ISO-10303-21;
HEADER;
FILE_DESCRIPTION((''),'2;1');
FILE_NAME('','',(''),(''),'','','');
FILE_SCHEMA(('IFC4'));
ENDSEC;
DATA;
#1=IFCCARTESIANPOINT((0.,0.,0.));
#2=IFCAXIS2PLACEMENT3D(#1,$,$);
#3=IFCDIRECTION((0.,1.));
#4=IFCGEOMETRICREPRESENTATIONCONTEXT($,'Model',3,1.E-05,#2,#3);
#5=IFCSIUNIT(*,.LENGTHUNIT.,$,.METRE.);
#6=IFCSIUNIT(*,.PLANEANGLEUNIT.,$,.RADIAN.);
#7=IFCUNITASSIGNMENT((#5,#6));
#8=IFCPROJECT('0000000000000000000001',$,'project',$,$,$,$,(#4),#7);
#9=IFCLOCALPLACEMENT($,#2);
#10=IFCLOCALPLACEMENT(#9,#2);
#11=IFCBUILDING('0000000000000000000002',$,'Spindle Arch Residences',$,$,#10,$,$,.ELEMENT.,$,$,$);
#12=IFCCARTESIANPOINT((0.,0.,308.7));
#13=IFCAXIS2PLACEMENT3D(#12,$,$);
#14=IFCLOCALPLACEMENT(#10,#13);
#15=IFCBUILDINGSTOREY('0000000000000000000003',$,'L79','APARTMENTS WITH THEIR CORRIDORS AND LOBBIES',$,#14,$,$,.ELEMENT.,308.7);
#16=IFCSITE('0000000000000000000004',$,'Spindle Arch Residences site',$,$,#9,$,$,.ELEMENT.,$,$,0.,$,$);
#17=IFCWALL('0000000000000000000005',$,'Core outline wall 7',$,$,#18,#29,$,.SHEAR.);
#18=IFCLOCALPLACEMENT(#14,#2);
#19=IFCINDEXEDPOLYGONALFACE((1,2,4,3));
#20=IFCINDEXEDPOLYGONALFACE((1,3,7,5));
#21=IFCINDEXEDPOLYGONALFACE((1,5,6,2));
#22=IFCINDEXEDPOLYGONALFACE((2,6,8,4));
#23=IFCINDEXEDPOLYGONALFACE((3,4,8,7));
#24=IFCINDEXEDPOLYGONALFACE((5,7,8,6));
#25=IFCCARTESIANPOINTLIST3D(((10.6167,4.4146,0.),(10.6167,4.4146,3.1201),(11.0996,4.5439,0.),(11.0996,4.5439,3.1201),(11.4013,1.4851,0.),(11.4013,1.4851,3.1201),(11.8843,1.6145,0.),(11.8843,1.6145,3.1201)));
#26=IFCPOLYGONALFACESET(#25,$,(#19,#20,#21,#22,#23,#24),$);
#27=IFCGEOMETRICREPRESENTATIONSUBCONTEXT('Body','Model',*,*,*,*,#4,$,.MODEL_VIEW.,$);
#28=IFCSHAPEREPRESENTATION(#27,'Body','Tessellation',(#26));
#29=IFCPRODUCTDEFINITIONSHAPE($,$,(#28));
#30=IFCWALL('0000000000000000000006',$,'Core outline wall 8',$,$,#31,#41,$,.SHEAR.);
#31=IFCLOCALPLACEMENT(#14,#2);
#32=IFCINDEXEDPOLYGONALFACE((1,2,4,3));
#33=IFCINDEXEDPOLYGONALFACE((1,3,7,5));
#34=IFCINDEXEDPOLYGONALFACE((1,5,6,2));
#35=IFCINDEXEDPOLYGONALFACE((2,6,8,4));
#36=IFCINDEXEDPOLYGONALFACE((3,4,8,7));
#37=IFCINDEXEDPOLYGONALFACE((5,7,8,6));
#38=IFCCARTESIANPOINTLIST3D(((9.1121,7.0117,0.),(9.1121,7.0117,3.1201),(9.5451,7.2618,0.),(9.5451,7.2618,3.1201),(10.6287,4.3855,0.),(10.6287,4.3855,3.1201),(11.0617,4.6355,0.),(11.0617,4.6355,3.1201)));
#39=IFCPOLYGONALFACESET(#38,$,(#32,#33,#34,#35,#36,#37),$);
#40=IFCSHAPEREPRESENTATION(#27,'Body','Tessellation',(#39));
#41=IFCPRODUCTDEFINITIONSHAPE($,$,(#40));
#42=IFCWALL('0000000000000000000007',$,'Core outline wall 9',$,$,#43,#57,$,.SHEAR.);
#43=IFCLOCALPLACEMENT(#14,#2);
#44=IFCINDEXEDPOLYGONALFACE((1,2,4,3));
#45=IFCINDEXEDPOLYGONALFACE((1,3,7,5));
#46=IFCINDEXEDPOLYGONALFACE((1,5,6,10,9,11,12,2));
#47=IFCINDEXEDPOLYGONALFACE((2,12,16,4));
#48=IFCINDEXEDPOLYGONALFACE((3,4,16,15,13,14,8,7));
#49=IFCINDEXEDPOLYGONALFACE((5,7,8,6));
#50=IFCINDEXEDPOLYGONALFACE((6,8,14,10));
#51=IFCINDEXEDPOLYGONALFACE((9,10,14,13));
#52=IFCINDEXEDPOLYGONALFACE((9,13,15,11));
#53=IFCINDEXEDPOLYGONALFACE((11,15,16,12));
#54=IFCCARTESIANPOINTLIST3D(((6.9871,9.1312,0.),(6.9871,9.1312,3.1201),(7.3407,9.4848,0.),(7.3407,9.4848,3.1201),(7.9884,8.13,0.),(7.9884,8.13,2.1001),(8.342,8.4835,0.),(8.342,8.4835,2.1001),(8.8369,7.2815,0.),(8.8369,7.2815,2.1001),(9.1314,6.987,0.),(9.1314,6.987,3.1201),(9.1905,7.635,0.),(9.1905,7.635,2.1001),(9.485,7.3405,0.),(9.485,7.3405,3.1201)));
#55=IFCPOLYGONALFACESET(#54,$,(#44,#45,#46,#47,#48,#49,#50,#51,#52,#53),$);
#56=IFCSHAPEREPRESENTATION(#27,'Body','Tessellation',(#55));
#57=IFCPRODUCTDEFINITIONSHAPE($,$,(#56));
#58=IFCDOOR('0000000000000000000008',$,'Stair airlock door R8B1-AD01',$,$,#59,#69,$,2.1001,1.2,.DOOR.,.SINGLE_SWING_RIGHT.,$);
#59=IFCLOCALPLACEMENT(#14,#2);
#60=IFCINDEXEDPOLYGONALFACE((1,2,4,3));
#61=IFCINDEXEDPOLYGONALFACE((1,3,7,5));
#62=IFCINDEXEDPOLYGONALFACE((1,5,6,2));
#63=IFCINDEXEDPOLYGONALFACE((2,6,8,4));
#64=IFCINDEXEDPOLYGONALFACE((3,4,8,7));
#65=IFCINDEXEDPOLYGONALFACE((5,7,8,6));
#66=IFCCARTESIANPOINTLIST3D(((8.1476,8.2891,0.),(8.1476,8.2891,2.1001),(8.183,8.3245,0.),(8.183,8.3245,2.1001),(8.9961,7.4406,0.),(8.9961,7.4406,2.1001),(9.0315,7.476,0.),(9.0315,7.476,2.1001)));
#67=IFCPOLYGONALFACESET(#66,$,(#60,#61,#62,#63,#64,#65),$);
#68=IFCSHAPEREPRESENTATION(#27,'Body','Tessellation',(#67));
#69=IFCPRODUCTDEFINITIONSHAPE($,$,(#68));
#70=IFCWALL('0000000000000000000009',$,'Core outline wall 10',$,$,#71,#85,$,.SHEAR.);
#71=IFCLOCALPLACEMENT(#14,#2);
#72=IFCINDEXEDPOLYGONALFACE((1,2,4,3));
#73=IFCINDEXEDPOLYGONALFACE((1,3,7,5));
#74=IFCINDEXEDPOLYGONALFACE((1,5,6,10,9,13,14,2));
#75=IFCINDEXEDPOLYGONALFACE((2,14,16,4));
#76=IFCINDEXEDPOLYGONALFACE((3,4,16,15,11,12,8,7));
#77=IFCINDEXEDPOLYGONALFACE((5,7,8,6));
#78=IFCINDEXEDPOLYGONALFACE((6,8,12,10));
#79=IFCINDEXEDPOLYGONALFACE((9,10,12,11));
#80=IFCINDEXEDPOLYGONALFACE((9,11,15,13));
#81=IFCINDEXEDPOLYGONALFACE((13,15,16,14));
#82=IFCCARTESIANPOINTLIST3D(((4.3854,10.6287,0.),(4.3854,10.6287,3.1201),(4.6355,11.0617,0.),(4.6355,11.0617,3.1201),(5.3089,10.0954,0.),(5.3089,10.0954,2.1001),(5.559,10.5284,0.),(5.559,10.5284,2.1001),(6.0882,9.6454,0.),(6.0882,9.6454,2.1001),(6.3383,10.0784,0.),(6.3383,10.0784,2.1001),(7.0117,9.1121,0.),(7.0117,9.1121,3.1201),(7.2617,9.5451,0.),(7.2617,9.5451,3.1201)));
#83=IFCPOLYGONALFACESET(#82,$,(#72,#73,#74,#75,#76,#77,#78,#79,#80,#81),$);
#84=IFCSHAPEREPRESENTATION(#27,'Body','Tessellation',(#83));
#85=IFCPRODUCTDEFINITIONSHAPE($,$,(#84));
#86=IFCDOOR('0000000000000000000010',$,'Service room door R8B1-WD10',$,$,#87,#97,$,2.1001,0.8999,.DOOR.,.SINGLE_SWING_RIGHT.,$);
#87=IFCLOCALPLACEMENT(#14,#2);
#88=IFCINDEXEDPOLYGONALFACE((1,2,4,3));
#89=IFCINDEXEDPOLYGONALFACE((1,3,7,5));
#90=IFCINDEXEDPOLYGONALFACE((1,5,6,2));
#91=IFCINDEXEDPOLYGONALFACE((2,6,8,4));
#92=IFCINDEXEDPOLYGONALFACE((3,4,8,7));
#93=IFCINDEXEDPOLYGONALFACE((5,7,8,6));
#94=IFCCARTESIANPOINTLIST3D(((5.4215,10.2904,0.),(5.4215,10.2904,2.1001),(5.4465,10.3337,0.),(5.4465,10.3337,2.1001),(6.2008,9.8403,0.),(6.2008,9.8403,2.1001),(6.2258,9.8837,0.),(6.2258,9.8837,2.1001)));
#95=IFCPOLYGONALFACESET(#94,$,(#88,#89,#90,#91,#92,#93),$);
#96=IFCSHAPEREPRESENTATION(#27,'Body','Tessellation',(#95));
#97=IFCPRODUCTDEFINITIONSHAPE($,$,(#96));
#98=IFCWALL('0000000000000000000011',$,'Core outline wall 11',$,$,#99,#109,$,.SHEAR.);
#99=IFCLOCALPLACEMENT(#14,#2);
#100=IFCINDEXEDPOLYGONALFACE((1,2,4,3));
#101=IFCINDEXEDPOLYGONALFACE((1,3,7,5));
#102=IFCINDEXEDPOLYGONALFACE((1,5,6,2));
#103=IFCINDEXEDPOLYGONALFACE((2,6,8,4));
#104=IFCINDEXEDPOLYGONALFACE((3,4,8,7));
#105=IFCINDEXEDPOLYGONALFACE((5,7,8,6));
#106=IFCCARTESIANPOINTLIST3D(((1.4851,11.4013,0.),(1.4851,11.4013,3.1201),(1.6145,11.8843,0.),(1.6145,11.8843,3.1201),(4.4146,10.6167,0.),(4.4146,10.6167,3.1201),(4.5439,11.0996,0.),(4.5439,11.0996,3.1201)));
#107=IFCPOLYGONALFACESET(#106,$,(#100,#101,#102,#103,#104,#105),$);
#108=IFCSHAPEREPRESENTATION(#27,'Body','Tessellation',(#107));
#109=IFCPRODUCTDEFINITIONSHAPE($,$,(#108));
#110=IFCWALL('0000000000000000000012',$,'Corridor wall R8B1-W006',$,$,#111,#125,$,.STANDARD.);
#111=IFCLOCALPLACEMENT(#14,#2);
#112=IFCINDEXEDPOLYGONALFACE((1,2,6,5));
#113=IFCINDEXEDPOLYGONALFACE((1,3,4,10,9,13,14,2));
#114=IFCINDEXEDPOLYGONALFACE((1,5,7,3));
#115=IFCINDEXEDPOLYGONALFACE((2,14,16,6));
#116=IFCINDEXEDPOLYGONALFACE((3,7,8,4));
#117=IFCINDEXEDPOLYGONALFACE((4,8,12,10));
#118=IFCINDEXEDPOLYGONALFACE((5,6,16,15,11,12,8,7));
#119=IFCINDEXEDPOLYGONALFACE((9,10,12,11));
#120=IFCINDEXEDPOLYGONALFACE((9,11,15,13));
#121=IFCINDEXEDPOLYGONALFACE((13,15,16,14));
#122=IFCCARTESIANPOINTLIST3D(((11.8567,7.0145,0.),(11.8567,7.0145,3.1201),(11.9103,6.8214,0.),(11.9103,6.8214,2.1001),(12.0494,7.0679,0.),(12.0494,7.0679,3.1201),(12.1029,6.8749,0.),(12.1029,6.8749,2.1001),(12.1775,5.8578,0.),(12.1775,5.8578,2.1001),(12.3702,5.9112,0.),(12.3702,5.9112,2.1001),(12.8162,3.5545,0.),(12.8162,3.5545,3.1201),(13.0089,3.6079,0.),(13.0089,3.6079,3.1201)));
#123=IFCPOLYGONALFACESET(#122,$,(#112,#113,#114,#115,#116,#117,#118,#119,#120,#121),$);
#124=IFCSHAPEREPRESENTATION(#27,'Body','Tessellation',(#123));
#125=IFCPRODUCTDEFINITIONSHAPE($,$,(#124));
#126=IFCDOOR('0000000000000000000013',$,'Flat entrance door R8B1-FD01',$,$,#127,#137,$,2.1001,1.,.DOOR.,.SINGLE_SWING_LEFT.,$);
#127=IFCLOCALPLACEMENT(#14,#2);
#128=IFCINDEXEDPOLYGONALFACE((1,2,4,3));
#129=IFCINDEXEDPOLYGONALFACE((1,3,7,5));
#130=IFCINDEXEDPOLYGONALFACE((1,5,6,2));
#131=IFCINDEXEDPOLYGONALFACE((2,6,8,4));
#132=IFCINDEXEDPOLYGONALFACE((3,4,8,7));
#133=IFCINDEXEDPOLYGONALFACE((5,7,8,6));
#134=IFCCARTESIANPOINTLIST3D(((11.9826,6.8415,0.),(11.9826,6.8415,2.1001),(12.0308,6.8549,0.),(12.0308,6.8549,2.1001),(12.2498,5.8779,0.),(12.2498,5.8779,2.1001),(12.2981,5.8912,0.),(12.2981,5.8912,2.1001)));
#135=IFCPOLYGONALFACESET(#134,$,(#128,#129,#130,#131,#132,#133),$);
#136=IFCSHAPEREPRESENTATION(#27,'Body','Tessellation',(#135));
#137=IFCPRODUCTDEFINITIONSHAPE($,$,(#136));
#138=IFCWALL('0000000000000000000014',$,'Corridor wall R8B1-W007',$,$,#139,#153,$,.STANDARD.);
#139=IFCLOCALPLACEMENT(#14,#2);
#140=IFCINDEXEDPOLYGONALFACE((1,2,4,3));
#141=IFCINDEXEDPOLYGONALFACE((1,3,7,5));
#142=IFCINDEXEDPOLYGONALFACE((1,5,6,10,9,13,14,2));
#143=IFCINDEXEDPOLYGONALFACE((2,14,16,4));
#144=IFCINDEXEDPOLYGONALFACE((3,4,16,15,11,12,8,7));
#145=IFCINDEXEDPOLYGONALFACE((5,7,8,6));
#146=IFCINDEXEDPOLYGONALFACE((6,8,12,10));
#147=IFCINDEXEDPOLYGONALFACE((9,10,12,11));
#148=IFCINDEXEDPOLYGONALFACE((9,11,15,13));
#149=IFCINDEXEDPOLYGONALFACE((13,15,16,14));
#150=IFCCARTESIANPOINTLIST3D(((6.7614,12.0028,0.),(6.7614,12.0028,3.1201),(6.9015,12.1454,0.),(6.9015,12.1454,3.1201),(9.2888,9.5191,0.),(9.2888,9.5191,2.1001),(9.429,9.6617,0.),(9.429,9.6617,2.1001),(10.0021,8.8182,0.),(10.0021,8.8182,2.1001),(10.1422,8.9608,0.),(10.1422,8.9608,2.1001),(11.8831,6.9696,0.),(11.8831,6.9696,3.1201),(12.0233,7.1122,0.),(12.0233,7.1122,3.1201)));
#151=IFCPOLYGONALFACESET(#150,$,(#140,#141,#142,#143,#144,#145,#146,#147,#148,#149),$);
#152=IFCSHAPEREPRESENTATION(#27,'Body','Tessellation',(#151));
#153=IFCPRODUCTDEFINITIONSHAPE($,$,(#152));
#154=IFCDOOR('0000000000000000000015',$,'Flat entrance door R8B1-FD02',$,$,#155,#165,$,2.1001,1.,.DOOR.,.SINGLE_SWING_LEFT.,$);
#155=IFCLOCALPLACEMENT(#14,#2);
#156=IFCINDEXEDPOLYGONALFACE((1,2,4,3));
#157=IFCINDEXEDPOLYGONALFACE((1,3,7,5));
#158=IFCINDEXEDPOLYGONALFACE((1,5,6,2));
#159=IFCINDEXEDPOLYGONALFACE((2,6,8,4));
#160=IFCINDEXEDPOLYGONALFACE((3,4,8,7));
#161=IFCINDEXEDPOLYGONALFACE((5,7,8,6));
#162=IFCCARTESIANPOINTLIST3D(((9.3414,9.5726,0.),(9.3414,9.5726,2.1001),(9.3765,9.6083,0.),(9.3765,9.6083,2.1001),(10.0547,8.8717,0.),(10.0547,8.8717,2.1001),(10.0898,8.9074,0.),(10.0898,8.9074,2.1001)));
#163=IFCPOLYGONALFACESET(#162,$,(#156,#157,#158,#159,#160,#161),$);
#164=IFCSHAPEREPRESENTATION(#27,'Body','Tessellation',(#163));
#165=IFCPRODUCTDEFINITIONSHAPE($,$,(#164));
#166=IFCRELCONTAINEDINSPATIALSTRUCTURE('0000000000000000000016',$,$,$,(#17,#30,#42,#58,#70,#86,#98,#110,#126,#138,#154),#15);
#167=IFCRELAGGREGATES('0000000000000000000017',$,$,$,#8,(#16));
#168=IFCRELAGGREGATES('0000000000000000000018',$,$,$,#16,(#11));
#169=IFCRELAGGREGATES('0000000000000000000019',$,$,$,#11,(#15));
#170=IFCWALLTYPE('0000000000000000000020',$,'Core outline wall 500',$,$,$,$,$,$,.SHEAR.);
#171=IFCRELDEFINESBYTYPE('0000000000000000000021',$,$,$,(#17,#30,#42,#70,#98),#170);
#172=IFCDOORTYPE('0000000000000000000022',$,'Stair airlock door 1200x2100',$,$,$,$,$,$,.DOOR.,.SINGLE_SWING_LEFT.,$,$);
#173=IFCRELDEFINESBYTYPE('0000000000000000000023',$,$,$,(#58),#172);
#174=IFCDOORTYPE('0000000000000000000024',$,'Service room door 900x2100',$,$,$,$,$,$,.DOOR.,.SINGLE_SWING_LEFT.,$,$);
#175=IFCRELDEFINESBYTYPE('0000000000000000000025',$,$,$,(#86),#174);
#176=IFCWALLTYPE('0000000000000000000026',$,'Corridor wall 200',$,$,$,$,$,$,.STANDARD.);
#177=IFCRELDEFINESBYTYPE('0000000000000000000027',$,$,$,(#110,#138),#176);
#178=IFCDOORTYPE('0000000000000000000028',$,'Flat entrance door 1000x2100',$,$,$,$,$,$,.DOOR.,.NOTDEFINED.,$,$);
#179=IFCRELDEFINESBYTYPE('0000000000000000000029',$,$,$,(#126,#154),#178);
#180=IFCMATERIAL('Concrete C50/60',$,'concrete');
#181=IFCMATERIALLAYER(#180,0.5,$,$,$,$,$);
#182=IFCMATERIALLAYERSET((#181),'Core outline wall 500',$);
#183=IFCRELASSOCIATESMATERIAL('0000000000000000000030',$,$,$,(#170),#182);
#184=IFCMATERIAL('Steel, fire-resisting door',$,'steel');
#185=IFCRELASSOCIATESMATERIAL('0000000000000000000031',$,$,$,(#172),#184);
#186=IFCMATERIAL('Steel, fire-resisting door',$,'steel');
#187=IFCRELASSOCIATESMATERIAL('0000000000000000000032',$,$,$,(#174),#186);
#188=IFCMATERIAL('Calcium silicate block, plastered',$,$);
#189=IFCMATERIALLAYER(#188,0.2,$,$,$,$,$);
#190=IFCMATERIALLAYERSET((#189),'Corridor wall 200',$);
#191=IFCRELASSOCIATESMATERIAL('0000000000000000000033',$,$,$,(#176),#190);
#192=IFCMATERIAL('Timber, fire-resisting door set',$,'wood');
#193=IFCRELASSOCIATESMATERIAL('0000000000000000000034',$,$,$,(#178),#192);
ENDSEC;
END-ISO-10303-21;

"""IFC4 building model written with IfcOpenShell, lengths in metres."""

from ifc_helpers import new_model, si_unit, direction, frame, frame_2d, origin, place, context, subcontext, project, spatial, rectangle, extrude, material, layer, layer_set, type_object, element, fill, save


model = new_model("IFC4")

# Units and contexts
model_context = context("Model", 3, precision=1e-05, world=origin(), true_north=direction((0.0, 1.0)))
body_context = subcontext(model_context, "Body", "Model", "MODEL_VIEW")
ifc_project = project(units=[si_unit("LENGTHUNIT", "METRE"), si_unit("PLANEANGLEUNIT", "RADIAN")], contexts=[model_context])

# Site, building, storey
site_placement = place(None, origin())
site = spatial("IfcSite", under=ifc_project, at=site_placement, Name="Spindle Arch Residences site", CompositionType="ELEMENT", RefElevation=0.0)
building_placement = place(site_placement, origin())
building = spatial("IfcBuilding", under=site, at=building_placement, Name="Spindle Arch Residences", CompositionType="ELEMENT")
storey_placement = place(building_placement, frame((0.0, 0.0, 308.7)))
storey = spatial("IfcBuildingStorey", under=building, at=storey_placement, Name="L79", Description="APARTMENTS WITH THEIR CORRIDORS AND LOBBIES", CompositionType="ELEMENT", Elevation=308.7)

# Walls
ifc_material_1 = material(Name="Concrete C50/60", Category="concrete")
ifc_layer_1 = layer(ifc_material_1, 0.5)
ifc_layer_set_1 = layer_set([ifc_layer_1], Name="Core outline wall 500")
wall_type_1 = type_object("IfcWallType", Name="Core outline wall 500", PredefinedType="SHEAR", material=ifc_layer_set_1)
for number, where, z_axis, x_axis, name in (
    (1, (11.6428, 1.5498, 0.0), (0.0, 0.0, 1.0), (-0.258735, 0.965948, 0.0), "Core outline wall 7"),
    (2, (10.8452, 4.5105, 0.0), (0.0, 0.0, 1.0), (-0.500087, 0.865975, 0.0), "Core outline wall 8"),
):
    element("IfcWall", number, at=place(storey_placement, frame(where, z_axis=z_axis, x_axis=x_axis)), inside=storey, type_object=wall_type_1, Name=name, PredefinedType="SHEAR", context=body_context, shape_type="SweptSolid", body=[
        extrude(rectangle(XDim=3.0327, YDim=0.5, at=frame_2d((1.5164, 0.0))), origin(), (0.0, 0.0, 1.0), 3.1201),
    ])

# Walls, openings, doors
wall_1_placement = place(storey_placement, frame((9.3081, 7.1638, 0.0), z_axis=(0.0, 0.0, 1.0), x_axis=(-0.707107, 0.707107, 0.0)))
wall_1 = element("IfcWall", 3, at=wall_1_placement, inside=storey, type_object=wall_type_1, Name="Core outline wall 9", PredefinedType="SHEAR", context=body_context, shape_type="SweptSolid", body=[
    extrude(rectangle(XDim=3.0325, YDim=0.5, at=frame_2d((1.5161, 0.0))), origin(), (0.0, 0.0, 1.0), 3.1201),
])
opening_1_placement = place(wall_1_placement, frame((0.4163, 0.0, 0.0)))
opening_1 = element("IfcOpeningElement", 4, at=opening_1_placement, cuts=wall_1, PredefinedType="OPENING", context=body_context, shape_type="SweptSolid", body=[
    extrude(rectangle(XDim=1.2, YDim=2.1001, at=frame_2d((0.6001, 1.05))), frame((0.0, 0.26, 0.0), z_axis=(0.0, -1.0, 0.0), x_axis=(1.0, 0.0, 0.0)), (0.0, 0.0, 1.0), 0.52),
])
ifc_material_2 = material(Name="Steel, fire-resisting door", Category="steel")
door_type_1 = type_object("IfcDoorType", Name="Stair airlock door 1200x2100", OperationType="SINGLE_SWING_LEFT", PredefinedType="DOOR", material=ifc_material_2)
door_1_placement = place(opening_1_placement, origin())
door_1 = element("IfcDoor", 5, at=door_1_placement, inside=storey, type_object=door_type_1, Name="Stair airlock door R8B1-AD01", OperationType="SINGLE_SWING_RIGHT", OverallHeight=2.1001, OverallWidth=1.2, PredefinedType="DOOR", context=body_context, shape_type="SweptSolid", body=[
    extrude(rectangle(XDim=1.2, YDim=2.1001, at=frame_2d((0.6001, 1.05))), frame((0.0, 0.0249, 0.0), z_axis=(0.0, -1.0, 0.0), x_axis=(1.0, 0.0, 0.0)), (0.0, 0.0, 1.0), 0.05),
])
fill(opening_1, door_1)
wall_2_placement = place(storey_placement, frame((7.1367, 9.3286, 0.0), z_axis=(0.0, 0.0, 1.0), x_axis=(-0.865975, 0.500087, 0.0)))
wall_2 = element("IfcWall", 6, at=wall_2_placement, inside=storey, type_object=wall_type_1, Name="Core outline wall 10", PredefinedType="SHEAR", context=body_context, shape_type="SweptSolid", body=[
    extrude(rectangle(XDim=3.0327, YDim=0.5, at=frame_2d((1.5164, 0.0))), origin(), (0.0, 0.0, 1.0), 3.1201),
])
opening_2_placement = place(wall_2_placement, frame((1.0664, 0.0, 0.0)))
opening_2 = element("IfcOpeningElement", 7, at=opening_2_placement, cuts=wall_2, PredefinedType="OPENING", context=body_context, shape_type="SweptSolid", body=[
    extrude(rectangle(XDim=0.8999, YDim=2.1001, at=frame_2d((0.45, 1.05))), frame((0.0, 0.26, 0.0), z_axis=(0.0, -1.0, 0.0), x_axis=(1.0, 0.0, 0.0)), (0.0, 0.0, 1.0), 0.52),
])
ifc_material_3 = material(Name="Steel, fire-resisting door", Category="steel")
door_type_2 = type_object("IfcDoorType", Name="Service room door 900x2100", OperationType="SINGLE_SWING_LEFT", PredefinedType="DOOR", material=ifc_material_3)
door_2_placement = place(opening_2_placement, origin())
door_2 = element("IfcDoor", 8, at=door_2_placement, inside=storey, type_object=door_type_2, Name="Service room door R8B1-WD10", OperationType="SINGLE_SWING_RIGHT", OverallHeight=2.1001, OverallWidth=0.8999, PredefinedType="DOOR", context=body_context, shape_type="SweptSolid", body=[
    extrude(rectangle(XDim=0.8999, YDim=2.1001, at=frame_2d((0.45, 1.05))), frame((0.0, 0.0249, 0.0), z_axis=(0.0, -1.0, 0.0), x_axis=(1.0, 0.0, 0.0)), (0.0, 0.0, 1.0), 0.05),
])
fill(opening_2, door_2)

# Wall
wall_3_placement = place(storey_placement, frame((4.4792, 10.8582, 0.0), z_axis=(0.0, 0.0, 1.0), x_axis=(-0.965948, 0.258735, 0.0)))
element("IfcWall", 9, at=wall_3_placement, inside=storey, type_object=wall_type_1, Name="Core outline wall 11", PredefinedType="SHEAR", context=body_context, shape_type="SweptSolid", body=[
    extrude(rectangle(XDim=3.0327, YDim=0.5, at=frame_2d((1.5164, 0.0))), origin(), (0.0, 0.0, 1.0), 3.1201),
])

# Walls, openings, doors
ifc_material_4 = material(Name="Calcium silicate block, plastered")
ifc_layer_2 = layer(ifc_material_4, 0.2)
ifc_layer_set_2 = layer_set([ifc_layer_2], Name="Corridor wall 200")
wall_type_2 = type_object("IfcWallType", Name="Corridor wall 200", PredefinedType="STANDARD", material=ifc_layer_set_2)
wall_4_placement = place(storey_placement, frame((12.9126, 3.5811, 0.0), z_axis=(0.0, 0.0, 1.0), x_axis=(-0.267223, 0.963635, 0.0)))
wall_4 = element("IfcWall", 10, at=wall_4_placement, inside=storey, type_object=wall_type_2, Name="Corridor wall R8B1-W006", PredefinedType="STANDARD", context=body_context, shape_type="SweptSolid", body=[
    extrude(rectangle(XDim=3.5906, YDim=0.2, at=frame_2d((1.7954, 0.0))), origin(), (0.0, 0.0, 1.0), 3.1201),
])
opening_3_placement = place(wall_4_placement, frame((2.3904, 0.0, 0.0)))
opening_3 = element("IfcOpeningElement", 11, at=opening_3_placement, cuts=wall_4, PredefinedType="OPENING", context=body_context, shape_type="SweptSolid", body=[
    extrude(rectangle(XDim=1.0, YDim=2.1001, at=frame_2d((0.5, 1.05))), frame((0.0, 0.1099, 0.0), z_axis=(0.0, -1.0, 0.0), x_axis=(1.0, 0.0, 0.0)), (0.0, 0.0, 1.0), 0.22),
])
ifc_material_5 = material(Name="Timber, fire-resisting door set", Category="wood")
door_type_3 = type_object("IfcDoorType", Name="Flat entrance door 1000x2100", OperationType="NOTDEFINED", PredefinedType="DOOR", material=ifc_material_5)
door_3_placement = place(opening_3_placement, origin())
door_3 = element("IfcDoor", 12, at=door_3_placement, inside=storey, type_object=door_type_3, Name="Flat entrance door R8B1-FD01", OperationType="SINGLE_SWING_LEFT", OverallHeight=2.1001, OverallWidth=1.0, PredefinedType="DOOR", context=body_context, shape_type="SweptSolid", body=[
    extrude(rectangle(XDim=1.0, YDim=2.1001, at=frame_2d((0.5, 1.05))), frame((0.0, 0.0249, 0.0), z_axis=(0.0, -1.0, 0.0), x_axis=(1.0, 0.0, 0.0)), (0.0, 0.0, 1.0), 0.05),
])
fill(opening_3, door_3)
wall_5_placement = place(storey_placement, frame((11.9531, 7.041, 0.0), z_axis=(0.0, 0.0, 1.0), x_axis=(-0.713251, 0.700909, 0.0)))
wall_5 = element("IfcWall", 13, at=wall_5_placement, inside=storey, type_object=wall_type_2, Name="Corridor wall R8B1-W007", PredefinedType="STANDARD", context=body_context, shape_type="SweptSolid", body=[
    extrude(rectangle(XDim=7.1809, YDim=0.2, at=frame_2d((3.5903, 0.0))), origin(), (0.0, 0.0, 1.0), 3.1201),
])
opening_4_placement = place(wall_5_placement, frame((2.6372, 0.0, 0.0)))
opening_4 = element("IfcOpeningElement", 14, at=opening_4_placement, cuts=wall_5, PredefinedType="OPENING", context=body_context, shape_type="SweptSolid", body=[
    extrude(rectangle(XDim=1.0, YDim=2.1001, at=frame_2d((0.5, 1.05))), frame((0.0, 0.1099, 0.0), z_axis=(0.0, -1.0, 0.0), x_axis=(1.0, 0.0, 0.0)), (0.0, 0.0, 1.0), 0.22),
])
door_4_placement = place(opening_4_placement, origin())
door_4 = element("IfcDoor", 15, at=door_4_placement, inside=storey, type_object=door_type_3, Name="Flat entrance door R8B1-FD02", OperationType="SINGLE_SWING_LEFT", OverallHeight=2.1001, OverallWidth=1.0, PredefinedType="DOOR", context=body_context, shape_type="SweptSolid", body=[
    extrude(rectangle(XDim=1.0, YDim=2.1001, at=frame_2d((0.5, 1.05))), frame((0.0, 0.0249, 0.0), z_axis=(0.0, -1.0, 0.0), x_axis=(1.0, 0.0, 0.0)), (0.0, 0.0, 1.0), 0.05),
])
fill(opening_4, door_4)

save(model, "model.ifc")
